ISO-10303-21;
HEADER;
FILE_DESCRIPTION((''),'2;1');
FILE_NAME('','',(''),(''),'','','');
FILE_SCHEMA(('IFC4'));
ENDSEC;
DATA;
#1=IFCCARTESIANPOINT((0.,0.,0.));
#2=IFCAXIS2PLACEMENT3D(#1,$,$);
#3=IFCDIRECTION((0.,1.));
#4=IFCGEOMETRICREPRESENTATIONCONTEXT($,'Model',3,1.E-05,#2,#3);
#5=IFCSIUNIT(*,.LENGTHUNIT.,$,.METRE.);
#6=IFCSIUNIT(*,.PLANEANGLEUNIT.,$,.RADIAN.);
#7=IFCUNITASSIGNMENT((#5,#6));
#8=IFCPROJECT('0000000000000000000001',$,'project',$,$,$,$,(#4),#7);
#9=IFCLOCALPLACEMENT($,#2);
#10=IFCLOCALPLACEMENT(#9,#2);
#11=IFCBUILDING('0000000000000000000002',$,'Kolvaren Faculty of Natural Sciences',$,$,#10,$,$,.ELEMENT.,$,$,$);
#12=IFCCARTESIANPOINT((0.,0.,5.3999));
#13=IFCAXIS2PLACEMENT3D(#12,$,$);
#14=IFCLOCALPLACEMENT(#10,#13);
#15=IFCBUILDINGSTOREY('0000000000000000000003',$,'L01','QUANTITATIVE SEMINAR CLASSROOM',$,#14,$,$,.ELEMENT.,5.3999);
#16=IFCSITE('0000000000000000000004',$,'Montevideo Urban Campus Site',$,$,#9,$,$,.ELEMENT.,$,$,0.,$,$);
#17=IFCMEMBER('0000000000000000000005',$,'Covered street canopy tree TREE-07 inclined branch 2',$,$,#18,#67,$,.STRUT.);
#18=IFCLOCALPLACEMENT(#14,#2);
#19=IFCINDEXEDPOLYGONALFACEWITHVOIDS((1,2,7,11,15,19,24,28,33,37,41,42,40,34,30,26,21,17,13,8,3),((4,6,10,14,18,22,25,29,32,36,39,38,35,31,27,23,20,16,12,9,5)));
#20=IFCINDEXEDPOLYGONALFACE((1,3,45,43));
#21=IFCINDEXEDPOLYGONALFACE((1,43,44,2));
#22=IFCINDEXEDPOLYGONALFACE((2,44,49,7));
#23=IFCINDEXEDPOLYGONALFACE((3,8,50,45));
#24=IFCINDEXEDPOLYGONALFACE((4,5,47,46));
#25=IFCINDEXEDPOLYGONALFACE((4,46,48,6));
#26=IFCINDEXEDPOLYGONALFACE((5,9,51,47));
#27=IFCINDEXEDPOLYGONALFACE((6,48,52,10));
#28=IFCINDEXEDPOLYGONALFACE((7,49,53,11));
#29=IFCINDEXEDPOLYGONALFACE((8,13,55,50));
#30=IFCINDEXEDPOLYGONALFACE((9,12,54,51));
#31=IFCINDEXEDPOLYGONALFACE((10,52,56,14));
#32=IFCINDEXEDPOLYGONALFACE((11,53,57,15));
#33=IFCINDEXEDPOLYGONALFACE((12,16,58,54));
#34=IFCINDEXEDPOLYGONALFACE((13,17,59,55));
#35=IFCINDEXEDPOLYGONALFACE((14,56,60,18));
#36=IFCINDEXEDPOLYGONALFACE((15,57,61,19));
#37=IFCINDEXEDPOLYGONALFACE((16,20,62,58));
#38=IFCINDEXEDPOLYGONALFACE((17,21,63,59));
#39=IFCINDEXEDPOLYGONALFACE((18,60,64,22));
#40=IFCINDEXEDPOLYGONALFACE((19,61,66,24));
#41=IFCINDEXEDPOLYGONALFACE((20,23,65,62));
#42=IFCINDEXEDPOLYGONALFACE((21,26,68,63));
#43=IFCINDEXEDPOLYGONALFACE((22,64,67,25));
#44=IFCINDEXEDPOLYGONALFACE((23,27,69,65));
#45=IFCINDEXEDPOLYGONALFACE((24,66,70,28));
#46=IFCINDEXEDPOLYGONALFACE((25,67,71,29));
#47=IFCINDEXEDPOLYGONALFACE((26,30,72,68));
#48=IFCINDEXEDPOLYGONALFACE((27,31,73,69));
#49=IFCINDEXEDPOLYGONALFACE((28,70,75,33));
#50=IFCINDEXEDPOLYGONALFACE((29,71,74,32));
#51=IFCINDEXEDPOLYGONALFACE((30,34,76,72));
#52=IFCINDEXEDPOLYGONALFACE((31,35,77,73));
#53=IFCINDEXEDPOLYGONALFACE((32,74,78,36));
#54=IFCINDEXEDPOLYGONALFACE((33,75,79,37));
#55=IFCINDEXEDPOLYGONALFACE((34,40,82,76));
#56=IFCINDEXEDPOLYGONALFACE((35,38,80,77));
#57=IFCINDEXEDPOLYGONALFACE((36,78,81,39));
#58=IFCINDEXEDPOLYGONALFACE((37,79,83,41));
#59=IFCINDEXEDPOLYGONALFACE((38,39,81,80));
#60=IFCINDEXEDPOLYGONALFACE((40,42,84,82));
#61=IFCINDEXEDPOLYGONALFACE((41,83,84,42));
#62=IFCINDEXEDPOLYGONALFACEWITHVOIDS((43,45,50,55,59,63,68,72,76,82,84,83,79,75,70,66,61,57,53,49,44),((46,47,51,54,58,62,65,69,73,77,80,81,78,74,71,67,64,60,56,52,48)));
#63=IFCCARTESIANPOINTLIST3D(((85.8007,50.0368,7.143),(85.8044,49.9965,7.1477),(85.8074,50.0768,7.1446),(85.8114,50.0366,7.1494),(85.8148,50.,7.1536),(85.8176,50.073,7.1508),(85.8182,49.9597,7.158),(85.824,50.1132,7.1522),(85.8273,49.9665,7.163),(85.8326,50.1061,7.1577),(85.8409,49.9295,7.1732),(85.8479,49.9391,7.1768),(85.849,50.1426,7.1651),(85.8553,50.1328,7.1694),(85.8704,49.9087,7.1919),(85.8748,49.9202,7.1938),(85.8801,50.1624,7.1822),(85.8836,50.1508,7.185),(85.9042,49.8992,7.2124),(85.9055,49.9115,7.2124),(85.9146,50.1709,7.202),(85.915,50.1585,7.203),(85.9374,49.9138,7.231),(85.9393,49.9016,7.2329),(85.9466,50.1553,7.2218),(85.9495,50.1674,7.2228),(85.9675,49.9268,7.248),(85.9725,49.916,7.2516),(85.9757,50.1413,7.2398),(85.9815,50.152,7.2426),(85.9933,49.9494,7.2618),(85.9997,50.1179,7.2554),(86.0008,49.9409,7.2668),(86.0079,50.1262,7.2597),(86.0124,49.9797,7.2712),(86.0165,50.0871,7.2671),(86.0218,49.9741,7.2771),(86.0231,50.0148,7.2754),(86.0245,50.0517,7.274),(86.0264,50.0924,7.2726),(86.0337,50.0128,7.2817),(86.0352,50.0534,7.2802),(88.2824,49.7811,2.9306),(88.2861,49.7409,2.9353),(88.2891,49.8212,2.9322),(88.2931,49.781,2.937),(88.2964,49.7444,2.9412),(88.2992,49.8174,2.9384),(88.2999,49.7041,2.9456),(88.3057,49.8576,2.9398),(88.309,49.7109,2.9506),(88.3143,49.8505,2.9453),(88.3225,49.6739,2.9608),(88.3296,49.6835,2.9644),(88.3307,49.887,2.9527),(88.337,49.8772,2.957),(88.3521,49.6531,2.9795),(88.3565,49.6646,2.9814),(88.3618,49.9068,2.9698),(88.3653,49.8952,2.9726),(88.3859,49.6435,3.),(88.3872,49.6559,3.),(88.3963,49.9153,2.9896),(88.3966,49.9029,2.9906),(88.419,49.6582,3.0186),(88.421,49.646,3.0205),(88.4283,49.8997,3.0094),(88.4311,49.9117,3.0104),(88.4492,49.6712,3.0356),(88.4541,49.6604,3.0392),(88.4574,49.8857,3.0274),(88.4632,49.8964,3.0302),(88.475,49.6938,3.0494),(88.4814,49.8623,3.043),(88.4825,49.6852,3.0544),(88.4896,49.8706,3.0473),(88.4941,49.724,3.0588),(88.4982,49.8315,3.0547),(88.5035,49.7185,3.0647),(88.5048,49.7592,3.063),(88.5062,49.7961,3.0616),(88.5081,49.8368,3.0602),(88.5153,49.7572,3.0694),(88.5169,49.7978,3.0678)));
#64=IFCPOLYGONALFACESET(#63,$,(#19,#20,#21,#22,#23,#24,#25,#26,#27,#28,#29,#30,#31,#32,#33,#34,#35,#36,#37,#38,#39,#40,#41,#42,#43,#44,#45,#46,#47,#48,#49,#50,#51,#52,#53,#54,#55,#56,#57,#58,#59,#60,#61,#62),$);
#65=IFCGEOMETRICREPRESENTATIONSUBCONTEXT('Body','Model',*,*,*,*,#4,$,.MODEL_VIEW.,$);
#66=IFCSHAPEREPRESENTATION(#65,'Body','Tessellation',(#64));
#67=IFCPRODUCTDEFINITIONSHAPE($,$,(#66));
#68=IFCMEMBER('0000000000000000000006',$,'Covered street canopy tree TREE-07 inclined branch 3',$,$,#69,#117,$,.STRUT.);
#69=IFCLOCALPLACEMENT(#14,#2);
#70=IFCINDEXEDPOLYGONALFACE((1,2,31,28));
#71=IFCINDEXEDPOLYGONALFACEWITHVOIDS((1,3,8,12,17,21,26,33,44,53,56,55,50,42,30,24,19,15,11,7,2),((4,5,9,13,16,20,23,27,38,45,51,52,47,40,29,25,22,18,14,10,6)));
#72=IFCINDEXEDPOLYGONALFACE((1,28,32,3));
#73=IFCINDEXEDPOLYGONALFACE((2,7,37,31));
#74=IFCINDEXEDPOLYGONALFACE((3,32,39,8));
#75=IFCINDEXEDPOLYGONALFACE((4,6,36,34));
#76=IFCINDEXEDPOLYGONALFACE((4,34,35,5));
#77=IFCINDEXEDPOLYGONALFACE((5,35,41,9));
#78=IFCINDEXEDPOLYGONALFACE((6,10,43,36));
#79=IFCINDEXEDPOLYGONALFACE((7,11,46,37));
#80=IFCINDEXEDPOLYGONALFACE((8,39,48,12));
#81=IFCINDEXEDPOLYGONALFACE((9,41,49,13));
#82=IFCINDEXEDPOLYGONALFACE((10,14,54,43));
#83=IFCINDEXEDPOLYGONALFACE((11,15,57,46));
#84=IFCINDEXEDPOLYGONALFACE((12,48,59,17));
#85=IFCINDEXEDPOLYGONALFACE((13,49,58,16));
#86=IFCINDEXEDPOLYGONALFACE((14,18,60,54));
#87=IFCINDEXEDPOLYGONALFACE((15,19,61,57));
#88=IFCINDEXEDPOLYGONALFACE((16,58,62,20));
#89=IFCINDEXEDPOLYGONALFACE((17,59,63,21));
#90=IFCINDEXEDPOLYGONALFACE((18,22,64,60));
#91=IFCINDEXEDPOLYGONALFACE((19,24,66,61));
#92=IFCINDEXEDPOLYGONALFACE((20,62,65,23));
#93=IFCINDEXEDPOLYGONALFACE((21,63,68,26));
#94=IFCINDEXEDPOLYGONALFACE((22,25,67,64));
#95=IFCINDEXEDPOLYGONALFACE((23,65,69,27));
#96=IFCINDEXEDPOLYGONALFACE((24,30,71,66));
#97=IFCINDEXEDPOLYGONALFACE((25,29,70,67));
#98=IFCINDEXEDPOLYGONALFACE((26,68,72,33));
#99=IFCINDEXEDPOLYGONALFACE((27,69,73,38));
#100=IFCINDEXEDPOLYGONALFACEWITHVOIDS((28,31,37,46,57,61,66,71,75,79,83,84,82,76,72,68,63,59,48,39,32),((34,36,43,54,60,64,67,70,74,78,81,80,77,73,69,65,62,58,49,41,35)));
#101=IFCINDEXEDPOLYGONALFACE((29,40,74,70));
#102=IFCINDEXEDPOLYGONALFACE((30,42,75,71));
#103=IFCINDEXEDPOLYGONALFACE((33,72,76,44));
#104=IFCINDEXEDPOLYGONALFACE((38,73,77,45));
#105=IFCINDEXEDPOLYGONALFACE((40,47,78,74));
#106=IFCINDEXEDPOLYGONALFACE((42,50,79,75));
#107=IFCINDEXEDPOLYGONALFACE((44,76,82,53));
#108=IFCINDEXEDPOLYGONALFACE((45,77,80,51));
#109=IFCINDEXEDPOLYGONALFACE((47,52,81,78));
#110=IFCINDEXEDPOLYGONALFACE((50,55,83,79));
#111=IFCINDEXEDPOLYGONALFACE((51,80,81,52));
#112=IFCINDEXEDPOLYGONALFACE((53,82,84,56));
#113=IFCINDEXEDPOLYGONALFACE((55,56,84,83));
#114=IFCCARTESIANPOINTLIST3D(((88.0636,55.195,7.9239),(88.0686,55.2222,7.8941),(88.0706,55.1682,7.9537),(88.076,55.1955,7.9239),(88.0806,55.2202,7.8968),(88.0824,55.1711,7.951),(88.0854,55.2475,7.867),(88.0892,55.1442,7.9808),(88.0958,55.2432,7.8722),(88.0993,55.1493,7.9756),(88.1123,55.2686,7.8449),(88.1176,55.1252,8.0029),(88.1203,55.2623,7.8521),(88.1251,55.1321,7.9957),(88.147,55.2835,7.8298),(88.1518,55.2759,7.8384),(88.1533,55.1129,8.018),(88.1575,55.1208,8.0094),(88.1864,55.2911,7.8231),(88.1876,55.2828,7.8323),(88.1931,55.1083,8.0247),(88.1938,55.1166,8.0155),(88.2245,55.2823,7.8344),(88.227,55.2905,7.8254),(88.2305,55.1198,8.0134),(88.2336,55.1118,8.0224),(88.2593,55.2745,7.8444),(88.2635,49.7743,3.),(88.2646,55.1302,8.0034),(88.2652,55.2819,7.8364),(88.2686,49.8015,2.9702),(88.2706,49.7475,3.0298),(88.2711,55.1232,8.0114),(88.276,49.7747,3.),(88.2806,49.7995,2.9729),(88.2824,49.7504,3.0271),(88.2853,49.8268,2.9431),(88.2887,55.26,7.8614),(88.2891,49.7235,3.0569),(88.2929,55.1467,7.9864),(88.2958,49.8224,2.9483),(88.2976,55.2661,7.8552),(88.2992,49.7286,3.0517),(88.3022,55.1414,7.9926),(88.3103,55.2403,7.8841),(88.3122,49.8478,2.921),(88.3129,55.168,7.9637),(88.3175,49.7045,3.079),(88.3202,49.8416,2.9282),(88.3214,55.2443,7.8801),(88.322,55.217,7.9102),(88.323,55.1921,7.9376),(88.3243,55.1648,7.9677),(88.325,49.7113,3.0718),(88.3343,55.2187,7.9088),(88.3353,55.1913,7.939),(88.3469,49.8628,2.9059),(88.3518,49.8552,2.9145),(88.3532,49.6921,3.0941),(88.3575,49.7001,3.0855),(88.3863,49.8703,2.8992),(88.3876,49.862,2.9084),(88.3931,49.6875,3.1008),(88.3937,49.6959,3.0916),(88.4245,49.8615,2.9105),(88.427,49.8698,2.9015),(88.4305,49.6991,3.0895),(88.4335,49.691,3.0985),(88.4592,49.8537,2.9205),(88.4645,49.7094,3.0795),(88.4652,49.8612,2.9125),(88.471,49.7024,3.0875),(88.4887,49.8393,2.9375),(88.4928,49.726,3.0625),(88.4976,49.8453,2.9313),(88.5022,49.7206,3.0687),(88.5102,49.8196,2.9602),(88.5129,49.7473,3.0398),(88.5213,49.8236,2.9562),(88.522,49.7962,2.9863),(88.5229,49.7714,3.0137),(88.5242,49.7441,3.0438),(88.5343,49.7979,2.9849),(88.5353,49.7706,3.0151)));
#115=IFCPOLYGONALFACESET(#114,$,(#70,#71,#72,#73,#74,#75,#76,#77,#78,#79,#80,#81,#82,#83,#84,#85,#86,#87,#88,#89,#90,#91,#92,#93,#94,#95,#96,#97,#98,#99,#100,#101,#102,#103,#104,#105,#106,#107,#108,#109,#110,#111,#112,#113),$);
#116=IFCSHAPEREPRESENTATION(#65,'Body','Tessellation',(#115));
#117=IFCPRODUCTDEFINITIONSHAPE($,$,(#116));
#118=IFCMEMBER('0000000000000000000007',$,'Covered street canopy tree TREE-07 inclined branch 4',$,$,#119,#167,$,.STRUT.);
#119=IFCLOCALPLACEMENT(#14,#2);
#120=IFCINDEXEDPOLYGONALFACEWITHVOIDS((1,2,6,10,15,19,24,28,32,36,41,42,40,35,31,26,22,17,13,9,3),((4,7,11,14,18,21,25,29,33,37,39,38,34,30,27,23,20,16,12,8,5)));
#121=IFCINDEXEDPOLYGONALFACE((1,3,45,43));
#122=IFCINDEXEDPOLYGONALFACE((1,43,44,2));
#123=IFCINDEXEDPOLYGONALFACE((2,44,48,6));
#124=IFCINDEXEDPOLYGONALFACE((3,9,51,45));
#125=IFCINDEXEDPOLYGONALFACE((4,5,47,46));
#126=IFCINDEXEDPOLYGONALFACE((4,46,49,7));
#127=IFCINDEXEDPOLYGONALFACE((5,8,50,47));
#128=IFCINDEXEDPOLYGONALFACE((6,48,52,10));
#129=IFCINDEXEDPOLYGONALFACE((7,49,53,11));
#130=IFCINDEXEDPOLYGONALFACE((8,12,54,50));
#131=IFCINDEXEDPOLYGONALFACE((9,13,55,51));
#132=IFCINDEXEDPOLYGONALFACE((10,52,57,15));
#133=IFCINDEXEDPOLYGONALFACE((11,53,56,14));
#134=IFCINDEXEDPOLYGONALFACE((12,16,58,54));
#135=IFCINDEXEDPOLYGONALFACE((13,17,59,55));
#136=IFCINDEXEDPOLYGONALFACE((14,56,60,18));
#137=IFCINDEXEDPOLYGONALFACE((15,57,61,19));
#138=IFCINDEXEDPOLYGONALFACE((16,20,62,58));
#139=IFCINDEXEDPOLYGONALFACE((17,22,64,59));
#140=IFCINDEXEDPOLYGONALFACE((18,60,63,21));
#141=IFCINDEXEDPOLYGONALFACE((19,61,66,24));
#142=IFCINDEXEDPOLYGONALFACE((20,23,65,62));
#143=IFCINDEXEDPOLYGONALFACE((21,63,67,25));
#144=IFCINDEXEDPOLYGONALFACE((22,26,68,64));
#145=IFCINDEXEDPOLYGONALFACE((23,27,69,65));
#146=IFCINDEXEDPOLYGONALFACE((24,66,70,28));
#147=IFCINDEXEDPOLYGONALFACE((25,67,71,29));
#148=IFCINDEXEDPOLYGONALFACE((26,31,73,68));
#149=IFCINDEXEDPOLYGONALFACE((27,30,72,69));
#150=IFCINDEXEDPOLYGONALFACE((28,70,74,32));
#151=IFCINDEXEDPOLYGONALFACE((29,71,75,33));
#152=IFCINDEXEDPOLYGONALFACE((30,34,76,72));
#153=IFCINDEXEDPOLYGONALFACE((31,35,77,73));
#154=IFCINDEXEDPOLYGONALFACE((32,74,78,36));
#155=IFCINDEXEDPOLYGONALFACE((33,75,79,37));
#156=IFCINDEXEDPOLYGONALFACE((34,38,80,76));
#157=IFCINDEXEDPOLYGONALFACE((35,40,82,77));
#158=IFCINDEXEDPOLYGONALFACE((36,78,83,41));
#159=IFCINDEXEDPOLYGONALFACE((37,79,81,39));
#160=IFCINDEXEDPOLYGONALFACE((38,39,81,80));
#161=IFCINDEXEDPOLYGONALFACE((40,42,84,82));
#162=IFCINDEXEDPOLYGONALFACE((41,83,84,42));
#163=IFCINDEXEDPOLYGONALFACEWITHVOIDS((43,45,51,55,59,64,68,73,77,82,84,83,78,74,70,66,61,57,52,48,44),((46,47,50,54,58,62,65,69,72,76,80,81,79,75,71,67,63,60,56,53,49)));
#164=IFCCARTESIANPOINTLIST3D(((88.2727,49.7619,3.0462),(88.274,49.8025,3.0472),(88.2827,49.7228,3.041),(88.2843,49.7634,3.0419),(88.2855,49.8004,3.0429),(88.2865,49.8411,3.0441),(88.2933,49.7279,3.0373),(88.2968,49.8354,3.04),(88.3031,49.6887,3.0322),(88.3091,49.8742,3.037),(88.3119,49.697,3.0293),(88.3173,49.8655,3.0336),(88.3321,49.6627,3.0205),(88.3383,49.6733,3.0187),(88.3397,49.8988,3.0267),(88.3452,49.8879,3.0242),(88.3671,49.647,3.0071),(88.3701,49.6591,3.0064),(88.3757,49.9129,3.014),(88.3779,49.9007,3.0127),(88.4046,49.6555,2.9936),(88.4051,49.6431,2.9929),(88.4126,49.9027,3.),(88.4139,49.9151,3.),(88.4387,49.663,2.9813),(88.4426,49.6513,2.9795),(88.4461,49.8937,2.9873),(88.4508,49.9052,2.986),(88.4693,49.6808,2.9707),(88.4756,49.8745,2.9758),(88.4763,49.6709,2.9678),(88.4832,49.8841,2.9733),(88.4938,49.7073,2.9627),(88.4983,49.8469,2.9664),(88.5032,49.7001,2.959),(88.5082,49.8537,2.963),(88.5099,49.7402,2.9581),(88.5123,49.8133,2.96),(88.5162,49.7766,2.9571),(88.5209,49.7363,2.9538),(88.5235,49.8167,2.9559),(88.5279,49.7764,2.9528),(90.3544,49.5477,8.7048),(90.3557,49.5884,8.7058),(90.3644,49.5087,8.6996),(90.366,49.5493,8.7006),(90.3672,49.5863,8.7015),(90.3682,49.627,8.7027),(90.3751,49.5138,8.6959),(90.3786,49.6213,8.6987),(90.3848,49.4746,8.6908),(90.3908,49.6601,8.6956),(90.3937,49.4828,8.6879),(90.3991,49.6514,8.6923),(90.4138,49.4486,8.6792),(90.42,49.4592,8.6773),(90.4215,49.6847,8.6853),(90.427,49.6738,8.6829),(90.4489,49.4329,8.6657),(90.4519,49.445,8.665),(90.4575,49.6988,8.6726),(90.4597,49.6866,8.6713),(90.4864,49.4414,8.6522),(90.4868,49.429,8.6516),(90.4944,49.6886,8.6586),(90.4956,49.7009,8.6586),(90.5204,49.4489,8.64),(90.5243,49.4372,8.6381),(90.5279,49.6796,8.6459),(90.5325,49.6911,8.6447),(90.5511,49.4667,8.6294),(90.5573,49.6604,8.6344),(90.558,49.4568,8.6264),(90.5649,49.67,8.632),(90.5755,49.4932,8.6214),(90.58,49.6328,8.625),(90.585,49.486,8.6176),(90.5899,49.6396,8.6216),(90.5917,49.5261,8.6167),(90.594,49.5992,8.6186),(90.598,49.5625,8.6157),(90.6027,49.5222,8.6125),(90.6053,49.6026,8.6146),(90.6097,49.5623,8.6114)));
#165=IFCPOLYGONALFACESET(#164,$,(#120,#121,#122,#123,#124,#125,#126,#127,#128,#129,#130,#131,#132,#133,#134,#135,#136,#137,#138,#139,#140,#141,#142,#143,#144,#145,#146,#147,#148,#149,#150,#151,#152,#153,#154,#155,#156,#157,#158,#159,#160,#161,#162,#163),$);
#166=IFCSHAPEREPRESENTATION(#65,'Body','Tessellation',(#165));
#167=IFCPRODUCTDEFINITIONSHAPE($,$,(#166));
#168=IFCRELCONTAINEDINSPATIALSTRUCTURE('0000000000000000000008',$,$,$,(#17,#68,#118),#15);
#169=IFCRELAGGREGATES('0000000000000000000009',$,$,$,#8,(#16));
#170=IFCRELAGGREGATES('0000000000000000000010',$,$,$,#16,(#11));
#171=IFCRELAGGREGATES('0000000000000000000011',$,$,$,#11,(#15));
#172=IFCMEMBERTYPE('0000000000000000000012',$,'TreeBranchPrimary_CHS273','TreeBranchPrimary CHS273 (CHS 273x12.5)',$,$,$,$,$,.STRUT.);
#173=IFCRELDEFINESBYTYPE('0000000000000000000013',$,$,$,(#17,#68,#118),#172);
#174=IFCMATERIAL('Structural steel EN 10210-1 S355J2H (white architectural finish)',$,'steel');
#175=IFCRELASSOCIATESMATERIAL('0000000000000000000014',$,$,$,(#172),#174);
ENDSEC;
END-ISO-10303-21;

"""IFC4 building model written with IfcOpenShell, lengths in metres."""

from ifc_helpers import new_model, si_unit, direction, frame, origin, origin_2d, place, context, subcontext, project, spatial, hollow_circle, extrude, material, material_profile, profile_set, type_object, element, save


model = new_model("IFC4")

# Units and contexts
model_context = context("Model", 3, precision=1e-05, world=origin(), true_north=direction((0.0, 1.0)))
body_context = subcontext(model_context, "Body", "Model", "MODEL_VIEW")
ifc_project = project(units=[si_unit("LENGTHUNIT", "METRE"), si_unit("PLANEANGLEUNIT", "RADIAN")], contexts=[model_context])

# Site, building, storey
site_placement = place(None, origin())
site = spatial("IfcSite", under=ifc_project, at=site_placement, Name="Montevideo Urban Campus Site", CompositionType="ELEMENT", RefElevation=0.0)
building_placement = place(site_placement, origin())
building = spatial("IfcBuilding", under=site, at=building_placement, Name="Kolvaren Faculty of Natural Sciences", CompositionType="ELEMENT")
storey_placement = place(building_placement, frame((0.0, 0.0, 5.3999)))
storey = spatial("IfcBuildingStorey", under=building, at=storey_placement, Name="L01", Description="QUANTITATIVE SEMINAR CLASSROOM", CompositionType="ELEMENT", Elevation=5.3999)

# Members
ifc_material_1 = material(Name="Structural steel EN 10210-1 S355J2H (white architectural finish)", Category="steel")
ifc_material_profile_1 = material_profile(ifc_material_1, hollow_circle(Radius=0.1365, WallThickness=0.0125, at=origin_2d()), Name="CHS 273x12.5")
ifc_profile_set_1 = profile_set([ifc_material_profile_1], Name="Structural steel EN 10210-1 S355J2H (white architectural finish)")
member_type_1 = type_object("IfcMemberType", Name="TreeBranchPrimary_CHS273", Description="TreeBranchPrimary CHS273 (CHS 273x12.5)", PredefinedType="STRUT", material=ifc_profile_set_1)
member_1_placement = place(storey_placement, frame((88.3999, 49.7793, 3.0), z_axis=(-0.506906, 0.052212, 0.860419), x_axis=(-0.102458, -0.994737, 0.0)))
element("IfcMember", 1, at=member_1_placement, inside=storey, type_object=member_type_1, Name="Covered street canopy tree TREE-07 inclined branch 2", PredefinedType="STRUT", context=body_context, shape_type="SweptSolid", body=[
    extrude(hollow_circle(Radius=0.1365, WallThickness=0.0125, at=origin_2d()), origin(), (0.0, 0.0, 1.0), 4.8958),
])
member_2_placement = place(storey_placement, frame((88.3999, 49.7793, 3.0), z_axis=(-0.027294, 0.739939, 0.67212), x_axis=(-0.99932, -0.036862, 0.0)))
element("IfcMember", 2, at=member_2_placement, inside=storey, type_object=member_type_1, Name="Covered street canopy tree TREE-07 inclined branch 3", PredefinedType="STRUT", context=body_context, shape_type="SweptSolid", body=[
    extrude(hollow_circle(Radius=0.1365, WallThickness=0.0125, at=origin_2d()), origin(), (0.0, 0.0, 1.0), 7.3259),
])
member_3_placement = place(storey_placement, frame((88.3999, 49.7793, 3.0), z_axis=(0.345051, -0.035488, 0.937913), x_axis=(0.10231, 0.994753, 0.0)))
element("IfcMember", 3, at=member_3_placement, inside=storey, type_object=member_type_1, Name="Covered street canopy tree TREE-07 inclined branch 4", PredefinedType="STRUT", context=body_context, shape_type="SweptSolid", body=[
    extrude(hollow_circle(Radius=0.1365, WallThickness=0.0125, at=origin_2d()), origin(), (0.0, 0.0, 1.0), 6.0332),
])

save(model, "model.ifc")
